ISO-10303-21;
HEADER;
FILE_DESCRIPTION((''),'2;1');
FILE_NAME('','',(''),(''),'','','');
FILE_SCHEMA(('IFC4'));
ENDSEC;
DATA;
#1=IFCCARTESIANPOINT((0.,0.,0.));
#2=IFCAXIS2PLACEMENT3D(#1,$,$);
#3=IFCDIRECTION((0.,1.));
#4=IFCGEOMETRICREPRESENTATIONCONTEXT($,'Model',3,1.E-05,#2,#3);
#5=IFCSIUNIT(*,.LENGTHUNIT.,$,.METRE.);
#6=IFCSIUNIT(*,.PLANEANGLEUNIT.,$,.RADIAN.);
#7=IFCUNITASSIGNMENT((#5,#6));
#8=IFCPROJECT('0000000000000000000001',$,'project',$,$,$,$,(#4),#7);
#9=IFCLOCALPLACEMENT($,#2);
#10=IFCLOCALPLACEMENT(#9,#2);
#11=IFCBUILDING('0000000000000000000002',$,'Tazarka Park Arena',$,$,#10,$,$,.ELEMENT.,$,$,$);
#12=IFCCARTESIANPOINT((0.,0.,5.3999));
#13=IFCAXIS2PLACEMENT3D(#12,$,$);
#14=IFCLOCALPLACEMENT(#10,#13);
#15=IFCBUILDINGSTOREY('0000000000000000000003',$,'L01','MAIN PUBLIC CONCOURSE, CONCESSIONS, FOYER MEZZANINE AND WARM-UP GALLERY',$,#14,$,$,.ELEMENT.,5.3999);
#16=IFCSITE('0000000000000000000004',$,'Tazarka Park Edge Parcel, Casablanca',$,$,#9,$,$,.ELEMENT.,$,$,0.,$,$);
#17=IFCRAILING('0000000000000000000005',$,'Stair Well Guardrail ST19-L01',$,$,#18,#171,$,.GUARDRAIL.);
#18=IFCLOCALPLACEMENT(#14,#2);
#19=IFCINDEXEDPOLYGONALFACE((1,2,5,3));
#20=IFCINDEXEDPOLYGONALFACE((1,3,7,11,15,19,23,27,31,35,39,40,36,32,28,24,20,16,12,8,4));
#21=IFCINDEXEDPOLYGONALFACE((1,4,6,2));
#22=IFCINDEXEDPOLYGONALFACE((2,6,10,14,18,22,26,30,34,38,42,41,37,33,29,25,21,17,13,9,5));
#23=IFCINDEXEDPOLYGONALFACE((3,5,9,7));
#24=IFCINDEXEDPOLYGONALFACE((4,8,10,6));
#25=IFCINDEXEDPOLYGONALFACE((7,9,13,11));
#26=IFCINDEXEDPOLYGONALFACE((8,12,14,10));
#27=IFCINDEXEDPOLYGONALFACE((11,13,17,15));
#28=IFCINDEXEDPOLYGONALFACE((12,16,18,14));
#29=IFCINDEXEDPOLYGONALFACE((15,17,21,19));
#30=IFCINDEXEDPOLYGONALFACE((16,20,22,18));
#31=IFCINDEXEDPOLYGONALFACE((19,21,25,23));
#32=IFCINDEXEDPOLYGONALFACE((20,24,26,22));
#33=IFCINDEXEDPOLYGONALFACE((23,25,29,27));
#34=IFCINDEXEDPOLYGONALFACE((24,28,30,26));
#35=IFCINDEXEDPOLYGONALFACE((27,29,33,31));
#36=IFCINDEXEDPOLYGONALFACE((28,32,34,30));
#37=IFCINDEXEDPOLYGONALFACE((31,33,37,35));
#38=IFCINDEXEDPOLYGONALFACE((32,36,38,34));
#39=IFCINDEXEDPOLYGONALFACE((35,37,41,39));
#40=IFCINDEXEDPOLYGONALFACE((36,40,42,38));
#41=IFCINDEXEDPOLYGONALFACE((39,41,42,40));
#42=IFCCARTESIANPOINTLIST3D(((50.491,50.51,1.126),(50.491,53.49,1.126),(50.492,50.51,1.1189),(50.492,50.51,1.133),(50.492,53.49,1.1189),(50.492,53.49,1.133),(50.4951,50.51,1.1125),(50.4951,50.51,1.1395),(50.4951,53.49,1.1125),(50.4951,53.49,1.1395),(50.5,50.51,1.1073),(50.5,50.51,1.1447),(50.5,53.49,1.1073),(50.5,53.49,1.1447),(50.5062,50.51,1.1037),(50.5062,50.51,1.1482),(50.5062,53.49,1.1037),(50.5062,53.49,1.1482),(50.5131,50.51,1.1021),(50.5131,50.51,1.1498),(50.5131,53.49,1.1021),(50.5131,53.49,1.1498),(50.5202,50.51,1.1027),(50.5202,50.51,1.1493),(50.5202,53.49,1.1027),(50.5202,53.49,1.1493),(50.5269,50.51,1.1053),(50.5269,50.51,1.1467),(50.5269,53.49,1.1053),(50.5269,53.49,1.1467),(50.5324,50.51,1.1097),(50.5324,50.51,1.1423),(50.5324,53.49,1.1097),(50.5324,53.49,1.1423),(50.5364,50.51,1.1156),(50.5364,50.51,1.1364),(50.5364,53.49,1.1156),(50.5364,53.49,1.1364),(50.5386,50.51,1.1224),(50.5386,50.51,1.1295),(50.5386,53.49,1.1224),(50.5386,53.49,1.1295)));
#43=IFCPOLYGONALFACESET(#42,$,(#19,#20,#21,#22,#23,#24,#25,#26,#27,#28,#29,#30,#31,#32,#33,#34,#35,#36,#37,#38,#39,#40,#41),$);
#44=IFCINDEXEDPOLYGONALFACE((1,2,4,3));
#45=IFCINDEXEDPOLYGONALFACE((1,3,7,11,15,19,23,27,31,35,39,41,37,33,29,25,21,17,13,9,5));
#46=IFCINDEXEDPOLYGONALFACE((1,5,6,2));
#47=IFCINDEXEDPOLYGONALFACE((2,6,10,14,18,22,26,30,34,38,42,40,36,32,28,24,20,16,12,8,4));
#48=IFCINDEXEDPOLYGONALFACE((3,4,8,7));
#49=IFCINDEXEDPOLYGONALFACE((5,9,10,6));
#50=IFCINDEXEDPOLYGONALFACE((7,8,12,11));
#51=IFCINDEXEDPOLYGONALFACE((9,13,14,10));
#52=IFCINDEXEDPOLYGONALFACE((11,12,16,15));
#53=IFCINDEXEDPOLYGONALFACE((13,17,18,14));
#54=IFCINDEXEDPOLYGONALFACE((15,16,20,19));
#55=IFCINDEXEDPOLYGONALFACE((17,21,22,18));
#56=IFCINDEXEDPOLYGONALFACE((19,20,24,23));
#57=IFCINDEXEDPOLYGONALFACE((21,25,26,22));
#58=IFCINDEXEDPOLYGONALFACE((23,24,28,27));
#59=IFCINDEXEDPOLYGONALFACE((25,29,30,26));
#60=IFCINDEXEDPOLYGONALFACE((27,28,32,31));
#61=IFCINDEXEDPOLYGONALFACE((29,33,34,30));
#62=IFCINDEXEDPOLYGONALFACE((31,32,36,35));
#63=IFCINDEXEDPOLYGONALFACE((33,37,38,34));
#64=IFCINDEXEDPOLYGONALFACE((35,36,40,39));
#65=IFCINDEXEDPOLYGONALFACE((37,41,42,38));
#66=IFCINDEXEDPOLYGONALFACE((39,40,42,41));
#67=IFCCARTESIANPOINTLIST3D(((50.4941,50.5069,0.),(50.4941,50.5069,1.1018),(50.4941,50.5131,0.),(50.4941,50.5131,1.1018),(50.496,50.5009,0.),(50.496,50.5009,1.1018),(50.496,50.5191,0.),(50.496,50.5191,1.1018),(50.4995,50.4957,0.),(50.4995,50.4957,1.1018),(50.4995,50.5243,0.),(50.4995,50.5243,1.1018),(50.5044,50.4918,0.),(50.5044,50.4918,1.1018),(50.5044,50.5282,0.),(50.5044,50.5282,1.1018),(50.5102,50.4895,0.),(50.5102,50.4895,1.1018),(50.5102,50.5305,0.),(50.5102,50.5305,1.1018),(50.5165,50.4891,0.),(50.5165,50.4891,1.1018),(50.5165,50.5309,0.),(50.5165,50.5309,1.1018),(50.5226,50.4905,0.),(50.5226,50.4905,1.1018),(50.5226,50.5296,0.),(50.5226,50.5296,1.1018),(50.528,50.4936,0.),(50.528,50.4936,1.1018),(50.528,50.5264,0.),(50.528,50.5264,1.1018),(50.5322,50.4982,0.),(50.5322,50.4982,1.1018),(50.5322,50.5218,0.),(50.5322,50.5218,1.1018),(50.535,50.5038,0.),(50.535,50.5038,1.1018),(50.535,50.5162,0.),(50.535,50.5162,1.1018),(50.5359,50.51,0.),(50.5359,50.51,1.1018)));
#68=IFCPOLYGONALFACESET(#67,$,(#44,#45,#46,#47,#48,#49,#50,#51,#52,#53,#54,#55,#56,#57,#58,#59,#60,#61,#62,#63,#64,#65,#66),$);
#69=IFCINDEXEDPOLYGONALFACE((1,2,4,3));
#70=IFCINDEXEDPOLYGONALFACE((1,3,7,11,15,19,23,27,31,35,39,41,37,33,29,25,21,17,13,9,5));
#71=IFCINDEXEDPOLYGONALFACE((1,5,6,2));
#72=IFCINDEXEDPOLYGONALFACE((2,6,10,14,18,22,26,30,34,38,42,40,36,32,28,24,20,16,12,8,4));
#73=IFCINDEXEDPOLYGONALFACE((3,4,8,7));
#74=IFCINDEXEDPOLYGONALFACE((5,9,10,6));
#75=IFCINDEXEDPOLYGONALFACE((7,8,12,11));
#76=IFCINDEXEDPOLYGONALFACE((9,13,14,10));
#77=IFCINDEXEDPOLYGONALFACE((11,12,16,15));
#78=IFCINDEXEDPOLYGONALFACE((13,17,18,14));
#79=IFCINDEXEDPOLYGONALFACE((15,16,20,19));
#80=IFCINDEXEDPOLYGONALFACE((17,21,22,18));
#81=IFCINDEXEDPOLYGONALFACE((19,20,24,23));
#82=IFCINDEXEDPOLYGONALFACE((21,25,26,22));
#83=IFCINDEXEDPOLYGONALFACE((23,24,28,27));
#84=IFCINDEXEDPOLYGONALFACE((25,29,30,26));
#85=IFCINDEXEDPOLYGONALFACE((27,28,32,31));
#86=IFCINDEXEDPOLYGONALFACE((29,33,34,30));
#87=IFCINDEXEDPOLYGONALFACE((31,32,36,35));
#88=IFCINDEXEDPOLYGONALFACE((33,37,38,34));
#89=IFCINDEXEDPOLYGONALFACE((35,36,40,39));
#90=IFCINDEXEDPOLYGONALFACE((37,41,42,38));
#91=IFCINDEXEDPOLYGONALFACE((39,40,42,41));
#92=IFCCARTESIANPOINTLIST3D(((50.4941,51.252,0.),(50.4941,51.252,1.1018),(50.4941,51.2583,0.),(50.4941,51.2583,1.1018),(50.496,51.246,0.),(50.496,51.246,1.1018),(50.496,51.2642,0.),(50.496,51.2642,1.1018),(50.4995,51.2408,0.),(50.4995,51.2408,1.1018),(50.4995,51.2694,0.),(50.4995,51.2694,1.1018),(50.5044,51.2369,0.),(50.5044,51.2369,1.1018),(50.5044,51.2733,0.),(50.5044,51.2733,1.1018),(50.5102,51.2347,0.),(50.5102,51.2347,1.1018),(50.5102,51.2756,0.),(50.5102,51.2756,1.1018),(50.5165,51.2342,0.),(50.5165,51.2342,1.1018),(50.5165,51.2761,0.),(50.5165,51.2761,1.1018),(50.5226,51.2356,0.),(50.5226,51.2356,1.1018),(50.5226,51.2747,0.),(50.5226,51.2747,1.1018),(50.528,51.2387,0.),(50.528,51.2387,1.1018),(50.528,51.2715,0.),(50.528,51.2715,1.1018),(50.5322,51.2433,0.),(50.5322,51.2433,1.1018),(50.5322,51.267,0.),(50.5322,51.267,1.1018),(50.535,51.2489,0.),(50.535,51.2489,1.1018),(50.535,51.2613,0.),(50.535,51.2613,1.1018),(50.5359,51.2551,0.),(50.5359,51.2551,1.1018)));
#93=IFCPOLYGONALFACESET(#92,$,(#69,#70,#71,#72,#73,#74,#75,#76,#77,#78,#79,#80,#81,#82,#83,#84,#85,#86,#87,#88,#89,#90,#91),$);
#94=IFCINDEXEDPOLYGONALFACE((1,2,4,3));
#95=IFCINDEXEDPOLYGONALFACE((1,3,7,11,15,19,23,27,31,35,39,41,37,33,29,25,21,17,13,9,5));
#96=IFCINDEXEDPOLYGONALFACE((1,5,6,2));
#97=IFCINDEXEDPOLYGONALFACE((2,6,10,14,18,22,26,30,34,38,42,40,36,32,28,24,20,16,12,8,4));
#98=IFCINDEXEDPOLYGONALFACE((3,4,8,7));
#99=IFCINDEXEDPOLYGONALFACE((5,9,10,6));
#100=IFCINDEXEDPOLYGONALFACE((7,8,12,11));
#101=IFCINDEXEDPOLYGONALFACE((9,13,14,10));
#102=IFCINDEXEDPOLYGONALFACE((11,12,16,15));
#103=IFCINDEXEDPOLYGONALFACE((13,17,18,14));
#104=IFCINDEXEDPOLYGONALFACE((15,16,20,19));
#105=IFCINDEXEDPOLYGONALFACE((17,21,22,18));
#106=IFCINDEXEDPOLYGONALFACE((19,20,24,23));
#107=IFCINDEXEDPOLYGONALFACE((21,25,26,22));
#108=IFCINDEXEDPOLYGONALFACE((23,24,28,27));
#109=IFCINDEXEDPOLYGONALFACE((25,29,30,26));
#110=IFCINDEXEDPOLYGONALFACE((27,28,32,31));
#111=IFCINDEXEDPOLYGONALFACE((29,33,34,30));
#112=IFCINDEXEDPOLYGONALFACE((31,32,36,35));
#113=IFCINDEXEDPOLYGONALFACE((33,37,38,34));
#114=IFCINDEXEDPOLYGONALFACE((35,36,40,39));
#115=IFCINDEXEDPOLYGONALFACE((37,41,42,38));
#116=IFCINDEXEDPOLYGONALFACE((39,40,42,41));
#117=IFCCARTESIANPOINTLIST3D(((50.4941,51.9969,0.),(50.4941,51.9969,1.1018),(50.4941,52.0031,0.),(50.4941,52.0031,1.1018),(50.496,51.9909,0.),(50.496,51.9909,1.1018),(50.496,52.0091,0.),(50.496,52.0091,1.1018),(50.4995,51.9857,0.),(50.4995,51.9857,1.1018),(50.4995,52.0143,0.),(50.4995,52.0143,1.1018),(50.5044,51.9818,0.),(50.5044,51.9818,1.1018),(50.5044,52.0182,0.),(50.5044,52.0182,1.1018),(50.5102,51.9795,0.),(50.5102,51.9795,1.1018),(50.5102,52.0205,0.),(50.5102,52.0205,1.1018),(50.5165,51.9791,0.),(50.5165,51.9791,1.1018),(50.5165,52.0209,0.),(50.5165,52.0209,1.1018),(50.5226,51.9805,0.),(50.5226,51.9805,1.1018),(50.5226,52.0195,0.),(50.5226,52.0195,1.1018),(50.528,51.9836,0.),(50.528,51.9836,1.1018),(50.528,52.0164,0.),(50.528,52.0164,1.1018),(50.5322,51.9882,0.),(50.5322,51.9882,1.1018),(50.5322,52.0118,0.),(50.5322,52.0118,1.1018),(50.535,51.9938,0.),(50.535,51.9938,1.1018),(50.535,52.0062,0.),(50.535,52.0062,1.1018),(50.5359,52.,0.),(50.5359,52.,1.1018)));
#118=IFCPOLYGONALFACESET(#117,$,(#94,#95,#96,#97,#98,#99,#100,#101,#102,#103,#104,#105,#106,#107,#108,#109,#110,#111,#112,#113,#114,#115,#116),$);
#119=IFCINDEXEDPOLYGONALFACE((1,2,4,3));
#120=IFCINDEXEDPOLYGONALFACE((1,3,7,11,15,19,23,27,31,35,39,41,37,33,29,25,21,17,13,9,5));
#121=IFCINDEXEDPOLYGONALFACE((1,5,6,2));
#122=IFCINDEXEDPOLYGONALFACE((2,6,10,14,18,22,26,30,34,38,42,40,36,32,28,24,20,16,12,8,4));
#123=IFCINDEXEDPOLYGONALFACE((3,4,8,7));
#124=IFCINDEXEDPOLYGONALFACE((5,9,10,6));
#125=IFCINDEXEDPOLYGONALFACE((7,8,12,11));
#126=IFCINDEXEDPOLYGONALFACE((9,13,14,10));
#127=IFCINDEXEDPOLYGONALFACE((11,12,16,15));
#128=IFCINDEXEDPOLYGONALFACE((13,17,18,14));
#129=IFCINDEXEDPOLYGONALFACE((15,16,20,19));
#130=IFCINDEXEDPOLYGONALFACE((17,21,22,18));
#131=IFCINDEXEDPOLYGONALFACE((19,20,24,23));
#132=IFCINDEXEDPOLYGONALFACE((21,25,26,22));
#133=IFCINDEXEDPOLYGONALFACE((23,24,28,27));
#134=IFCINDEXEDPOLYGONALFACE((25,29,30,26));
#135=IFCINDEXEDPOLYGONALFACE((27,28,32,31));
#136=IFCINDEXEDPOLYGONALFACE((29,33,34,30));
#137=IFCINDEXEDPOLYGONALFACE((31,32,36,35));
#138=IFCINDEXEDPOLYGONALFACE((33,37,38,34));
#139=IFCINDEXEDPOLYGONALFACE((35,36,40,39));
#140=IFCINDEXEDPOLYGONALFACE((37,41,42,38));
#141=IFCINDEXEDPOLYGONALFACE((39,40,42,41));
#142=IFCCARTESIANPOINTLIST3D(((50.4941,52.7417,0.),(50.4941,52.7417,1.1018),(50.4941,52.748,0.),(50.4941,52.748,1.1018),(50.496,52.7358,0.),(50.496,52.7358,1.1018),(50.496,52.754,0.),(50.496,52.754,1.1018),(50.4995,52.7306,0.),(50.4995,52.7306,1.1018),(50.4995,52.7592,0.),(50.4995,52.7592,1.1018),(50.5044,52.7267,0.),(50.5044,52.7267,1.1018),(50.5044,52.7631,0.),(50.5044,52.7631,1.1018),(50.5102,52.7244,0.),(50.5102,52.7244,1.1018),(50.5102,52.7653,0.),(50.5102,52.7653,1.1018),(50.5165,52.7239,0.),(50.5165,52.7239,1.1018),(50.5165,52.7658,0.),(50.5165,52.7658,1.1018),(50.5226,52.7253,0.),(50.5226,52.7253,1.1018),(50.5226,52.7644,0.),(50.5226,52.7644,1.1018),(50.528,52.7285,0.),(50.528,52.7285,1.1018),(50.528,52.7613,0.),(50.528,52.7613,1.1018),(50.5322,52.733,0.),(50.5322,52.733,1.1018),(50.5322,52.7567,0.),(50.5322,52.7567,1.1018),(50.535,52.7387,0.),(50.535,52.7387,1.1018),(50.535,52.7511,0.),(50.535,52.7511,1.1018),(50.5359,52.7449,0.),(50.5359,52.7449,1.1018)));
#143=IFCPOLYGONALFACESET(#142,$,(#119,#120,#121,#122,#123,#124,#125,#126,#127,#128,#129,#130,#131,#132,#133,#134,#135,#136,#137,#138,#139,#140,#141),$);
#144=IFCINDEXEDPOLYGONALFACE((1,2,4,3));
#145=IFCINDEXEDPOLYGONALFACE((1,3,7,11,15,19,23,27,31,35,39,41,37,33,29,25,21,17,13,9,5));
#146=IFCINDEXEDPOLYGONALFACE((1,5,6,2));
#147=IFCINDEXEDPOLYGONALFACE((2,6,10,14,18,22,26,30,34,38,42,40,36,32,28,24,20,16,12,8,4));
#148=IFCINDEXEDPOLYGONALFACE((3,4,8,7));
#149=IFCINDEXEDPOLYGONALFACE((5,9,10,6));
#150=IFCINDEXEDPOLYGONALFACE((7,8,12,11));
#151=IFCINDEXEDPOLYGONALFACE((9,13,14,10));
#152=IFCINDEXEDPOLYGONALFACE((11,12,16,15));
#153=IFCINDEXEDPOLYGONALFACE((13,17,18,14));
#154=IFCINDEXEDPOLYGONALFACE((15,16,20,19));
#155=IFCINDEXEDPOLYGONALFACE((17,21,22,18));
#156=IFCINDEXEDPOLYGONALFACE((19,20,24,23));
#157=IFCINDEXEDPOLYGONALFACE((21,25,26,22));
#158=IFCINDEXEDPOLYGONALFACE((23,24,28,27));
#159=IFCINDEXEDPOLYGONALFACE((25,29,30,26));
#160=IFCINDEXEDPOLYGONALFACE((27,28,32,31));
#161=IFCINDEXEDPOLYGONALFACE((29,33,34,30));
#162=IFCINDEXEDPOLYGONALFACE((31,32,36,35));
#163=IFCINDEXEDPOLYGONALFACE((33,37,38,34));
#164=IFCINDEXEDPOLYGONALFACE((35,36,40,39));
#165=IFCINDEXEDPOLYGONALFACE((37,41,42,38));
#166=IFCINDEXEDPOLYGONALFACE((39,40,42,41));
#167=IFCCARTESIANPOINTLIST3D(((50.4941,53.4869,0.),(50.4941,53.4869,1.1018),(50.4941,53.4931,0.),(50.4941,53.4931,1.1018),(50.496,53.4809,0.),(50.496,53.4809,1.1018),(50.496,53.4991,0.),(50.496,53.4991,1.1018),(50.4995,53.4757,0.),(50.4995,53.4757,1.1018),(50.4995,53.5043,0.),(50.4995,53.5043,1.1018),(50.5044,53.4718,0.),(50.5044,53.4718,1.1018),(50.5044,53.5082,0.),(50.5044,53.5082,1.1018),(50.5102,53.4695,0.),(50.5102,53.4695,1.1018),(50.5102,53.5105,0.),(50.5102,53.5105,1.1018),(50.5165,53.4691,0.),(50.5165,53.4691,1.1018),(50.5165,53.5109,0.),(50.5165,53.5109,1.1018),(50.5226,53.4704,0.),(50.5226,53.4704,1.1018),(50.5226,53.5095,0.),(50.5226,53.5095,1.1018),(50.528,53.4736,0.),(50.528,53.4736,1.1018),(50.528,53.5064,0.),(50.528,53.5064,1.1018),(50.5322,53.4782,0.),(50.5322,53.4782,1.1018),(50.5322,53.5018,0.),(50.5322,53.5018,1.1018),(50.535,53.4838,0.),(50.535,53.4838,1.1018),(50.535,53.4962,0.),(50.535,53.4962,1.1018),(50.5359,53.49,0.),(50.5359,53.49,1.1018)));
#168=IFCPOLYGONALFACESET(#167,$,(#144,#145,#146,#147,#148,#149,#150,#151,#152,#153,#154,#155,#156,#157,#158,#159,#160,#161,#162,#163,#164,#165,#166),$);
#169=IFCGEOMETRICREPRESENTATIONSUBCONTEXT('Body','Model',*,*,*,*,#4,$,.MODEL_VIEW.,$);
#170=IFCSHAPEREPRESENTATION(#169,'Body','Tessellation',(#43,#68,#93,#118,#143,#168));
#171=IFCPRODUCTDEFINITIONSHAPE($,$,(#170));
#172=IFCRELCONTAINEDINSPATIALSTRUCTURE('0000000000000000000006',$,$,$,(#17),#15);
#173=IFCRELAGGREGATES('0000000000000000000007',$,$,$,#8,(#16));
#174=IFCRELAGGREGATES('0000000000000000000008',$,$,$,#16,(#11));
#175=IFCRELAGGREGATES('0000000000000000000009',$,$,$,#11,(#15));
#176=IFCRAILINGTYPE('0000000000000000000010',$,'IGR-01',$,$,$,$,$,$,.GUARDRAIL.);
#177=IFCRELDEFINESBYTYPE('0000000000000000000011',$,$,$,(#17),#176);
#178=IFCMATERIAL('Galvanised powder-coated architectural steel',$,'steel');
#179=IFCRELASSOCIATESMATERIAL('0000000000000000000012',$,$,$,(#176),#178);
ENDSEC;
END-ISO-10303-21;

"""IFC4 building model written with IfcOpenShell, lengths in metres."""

from ifc_helpers import new_model, si_unit, direction, frame, origin, origin_2d, place, context, subcontext, project, spatial, circle, extrude, material, type_object, element, save


model = new_model("IFC4")

# Units and contexts
model_context = context("Model", 3, precision=1e-05, world=origin(), true_north=direction((0.0, 1.0)))
body_context = subcontext(model_context, "Body", "Model", "MODEL_VIEW")
ifc_project = project(units=[si_unit("LENGTHUNIT", "METRE"), si_unit("PLANEANGLEUNIT", "RADIAN")], contexts=[model_context])

# Site, building, storey
site_placement = place(None, origin())
site = spatial("IfcSite", under=ifc_project, at=site_placement, Name="Tazarka Park Edge Parcel, Casablanca", CompositionType="ELEMENT", RefElevation=0.0)
building_placement = place(site_placement, origin())
building = spatial("IfcBuilding", under=site, at=building_placement, Name="Tazarka Park Arena", CompositionType="ELEMENT")
storey_placement = place(building_placement, frame((0.0, 0.0, 5.3999)))
storey = spatial("IfcBuildingStorey", under=building, at=storey_placement, Name="L01", Description="MAIN PUBLIC CONCOURSE, CONCESSIONS, FOYER MEZZANINE AND WARM-UP GALLERY", CompositionType="ELEMENT", Elevation=5.3999)

# Railing
ifc_material_1 = material(Name="Galvanised powder-coated architectural steel", Category="steel")
railing_type_1 = type_object("IfcRailingType", Name="IGR-01", PredefinedType="GUARDRAIL", material=ifc_material_1)
for number, where, name in (
    (1, (50.5149, 50.51, 0.0), "Stair Well Guardrail ST19-L01"),
):
    element("IfcRailing", number, at=place(storey_placement, frame(where)), inside=storey, type_object=railing_type_1, Name=name, PredefinedType="GUARDRAIL", context=body_context, shape_type="SweptSolid", body=[
        extrude(circle(Radius=0.0239, at=origin_2d()), frame((0.0, 0.0, 1.126), z_axis=(0.0, 1.0, 0.0), x_axis=(-1.0, 0.0, 0.0)), (0.0, 0.0, 1.0), 2.98),
        extrude(circle(Radius=0.021, at=origin_2d()), origin(), (0.0, 0.0, 1.0), 1.1018),
        extrude(circle(Radius=0.021, at=origin_2d()), frame((0.0, 0.7451, 0.0)), (0.0, 0.0, 1.0), 1.1018),
        extrude(circle(Radius=0.021, at=origin_2d()), frame((0.0, 1.49, 0.0)), (0.0, 0.0, 1.0), 1.1018),
        extrude(circle(Radius=0.021, at=origin_2d()), frame((0.0, 2.2349, 0.0)), (0.0, 0.0, 1.0), 1.1018),
        extrude(circle(Radius=0.021, at=origin_2d()), frame((0.0, 2.98, 0.0)), (0.0, 0.0, 1.0), 1.1018),
    ])

save(model, "model.ifc")
